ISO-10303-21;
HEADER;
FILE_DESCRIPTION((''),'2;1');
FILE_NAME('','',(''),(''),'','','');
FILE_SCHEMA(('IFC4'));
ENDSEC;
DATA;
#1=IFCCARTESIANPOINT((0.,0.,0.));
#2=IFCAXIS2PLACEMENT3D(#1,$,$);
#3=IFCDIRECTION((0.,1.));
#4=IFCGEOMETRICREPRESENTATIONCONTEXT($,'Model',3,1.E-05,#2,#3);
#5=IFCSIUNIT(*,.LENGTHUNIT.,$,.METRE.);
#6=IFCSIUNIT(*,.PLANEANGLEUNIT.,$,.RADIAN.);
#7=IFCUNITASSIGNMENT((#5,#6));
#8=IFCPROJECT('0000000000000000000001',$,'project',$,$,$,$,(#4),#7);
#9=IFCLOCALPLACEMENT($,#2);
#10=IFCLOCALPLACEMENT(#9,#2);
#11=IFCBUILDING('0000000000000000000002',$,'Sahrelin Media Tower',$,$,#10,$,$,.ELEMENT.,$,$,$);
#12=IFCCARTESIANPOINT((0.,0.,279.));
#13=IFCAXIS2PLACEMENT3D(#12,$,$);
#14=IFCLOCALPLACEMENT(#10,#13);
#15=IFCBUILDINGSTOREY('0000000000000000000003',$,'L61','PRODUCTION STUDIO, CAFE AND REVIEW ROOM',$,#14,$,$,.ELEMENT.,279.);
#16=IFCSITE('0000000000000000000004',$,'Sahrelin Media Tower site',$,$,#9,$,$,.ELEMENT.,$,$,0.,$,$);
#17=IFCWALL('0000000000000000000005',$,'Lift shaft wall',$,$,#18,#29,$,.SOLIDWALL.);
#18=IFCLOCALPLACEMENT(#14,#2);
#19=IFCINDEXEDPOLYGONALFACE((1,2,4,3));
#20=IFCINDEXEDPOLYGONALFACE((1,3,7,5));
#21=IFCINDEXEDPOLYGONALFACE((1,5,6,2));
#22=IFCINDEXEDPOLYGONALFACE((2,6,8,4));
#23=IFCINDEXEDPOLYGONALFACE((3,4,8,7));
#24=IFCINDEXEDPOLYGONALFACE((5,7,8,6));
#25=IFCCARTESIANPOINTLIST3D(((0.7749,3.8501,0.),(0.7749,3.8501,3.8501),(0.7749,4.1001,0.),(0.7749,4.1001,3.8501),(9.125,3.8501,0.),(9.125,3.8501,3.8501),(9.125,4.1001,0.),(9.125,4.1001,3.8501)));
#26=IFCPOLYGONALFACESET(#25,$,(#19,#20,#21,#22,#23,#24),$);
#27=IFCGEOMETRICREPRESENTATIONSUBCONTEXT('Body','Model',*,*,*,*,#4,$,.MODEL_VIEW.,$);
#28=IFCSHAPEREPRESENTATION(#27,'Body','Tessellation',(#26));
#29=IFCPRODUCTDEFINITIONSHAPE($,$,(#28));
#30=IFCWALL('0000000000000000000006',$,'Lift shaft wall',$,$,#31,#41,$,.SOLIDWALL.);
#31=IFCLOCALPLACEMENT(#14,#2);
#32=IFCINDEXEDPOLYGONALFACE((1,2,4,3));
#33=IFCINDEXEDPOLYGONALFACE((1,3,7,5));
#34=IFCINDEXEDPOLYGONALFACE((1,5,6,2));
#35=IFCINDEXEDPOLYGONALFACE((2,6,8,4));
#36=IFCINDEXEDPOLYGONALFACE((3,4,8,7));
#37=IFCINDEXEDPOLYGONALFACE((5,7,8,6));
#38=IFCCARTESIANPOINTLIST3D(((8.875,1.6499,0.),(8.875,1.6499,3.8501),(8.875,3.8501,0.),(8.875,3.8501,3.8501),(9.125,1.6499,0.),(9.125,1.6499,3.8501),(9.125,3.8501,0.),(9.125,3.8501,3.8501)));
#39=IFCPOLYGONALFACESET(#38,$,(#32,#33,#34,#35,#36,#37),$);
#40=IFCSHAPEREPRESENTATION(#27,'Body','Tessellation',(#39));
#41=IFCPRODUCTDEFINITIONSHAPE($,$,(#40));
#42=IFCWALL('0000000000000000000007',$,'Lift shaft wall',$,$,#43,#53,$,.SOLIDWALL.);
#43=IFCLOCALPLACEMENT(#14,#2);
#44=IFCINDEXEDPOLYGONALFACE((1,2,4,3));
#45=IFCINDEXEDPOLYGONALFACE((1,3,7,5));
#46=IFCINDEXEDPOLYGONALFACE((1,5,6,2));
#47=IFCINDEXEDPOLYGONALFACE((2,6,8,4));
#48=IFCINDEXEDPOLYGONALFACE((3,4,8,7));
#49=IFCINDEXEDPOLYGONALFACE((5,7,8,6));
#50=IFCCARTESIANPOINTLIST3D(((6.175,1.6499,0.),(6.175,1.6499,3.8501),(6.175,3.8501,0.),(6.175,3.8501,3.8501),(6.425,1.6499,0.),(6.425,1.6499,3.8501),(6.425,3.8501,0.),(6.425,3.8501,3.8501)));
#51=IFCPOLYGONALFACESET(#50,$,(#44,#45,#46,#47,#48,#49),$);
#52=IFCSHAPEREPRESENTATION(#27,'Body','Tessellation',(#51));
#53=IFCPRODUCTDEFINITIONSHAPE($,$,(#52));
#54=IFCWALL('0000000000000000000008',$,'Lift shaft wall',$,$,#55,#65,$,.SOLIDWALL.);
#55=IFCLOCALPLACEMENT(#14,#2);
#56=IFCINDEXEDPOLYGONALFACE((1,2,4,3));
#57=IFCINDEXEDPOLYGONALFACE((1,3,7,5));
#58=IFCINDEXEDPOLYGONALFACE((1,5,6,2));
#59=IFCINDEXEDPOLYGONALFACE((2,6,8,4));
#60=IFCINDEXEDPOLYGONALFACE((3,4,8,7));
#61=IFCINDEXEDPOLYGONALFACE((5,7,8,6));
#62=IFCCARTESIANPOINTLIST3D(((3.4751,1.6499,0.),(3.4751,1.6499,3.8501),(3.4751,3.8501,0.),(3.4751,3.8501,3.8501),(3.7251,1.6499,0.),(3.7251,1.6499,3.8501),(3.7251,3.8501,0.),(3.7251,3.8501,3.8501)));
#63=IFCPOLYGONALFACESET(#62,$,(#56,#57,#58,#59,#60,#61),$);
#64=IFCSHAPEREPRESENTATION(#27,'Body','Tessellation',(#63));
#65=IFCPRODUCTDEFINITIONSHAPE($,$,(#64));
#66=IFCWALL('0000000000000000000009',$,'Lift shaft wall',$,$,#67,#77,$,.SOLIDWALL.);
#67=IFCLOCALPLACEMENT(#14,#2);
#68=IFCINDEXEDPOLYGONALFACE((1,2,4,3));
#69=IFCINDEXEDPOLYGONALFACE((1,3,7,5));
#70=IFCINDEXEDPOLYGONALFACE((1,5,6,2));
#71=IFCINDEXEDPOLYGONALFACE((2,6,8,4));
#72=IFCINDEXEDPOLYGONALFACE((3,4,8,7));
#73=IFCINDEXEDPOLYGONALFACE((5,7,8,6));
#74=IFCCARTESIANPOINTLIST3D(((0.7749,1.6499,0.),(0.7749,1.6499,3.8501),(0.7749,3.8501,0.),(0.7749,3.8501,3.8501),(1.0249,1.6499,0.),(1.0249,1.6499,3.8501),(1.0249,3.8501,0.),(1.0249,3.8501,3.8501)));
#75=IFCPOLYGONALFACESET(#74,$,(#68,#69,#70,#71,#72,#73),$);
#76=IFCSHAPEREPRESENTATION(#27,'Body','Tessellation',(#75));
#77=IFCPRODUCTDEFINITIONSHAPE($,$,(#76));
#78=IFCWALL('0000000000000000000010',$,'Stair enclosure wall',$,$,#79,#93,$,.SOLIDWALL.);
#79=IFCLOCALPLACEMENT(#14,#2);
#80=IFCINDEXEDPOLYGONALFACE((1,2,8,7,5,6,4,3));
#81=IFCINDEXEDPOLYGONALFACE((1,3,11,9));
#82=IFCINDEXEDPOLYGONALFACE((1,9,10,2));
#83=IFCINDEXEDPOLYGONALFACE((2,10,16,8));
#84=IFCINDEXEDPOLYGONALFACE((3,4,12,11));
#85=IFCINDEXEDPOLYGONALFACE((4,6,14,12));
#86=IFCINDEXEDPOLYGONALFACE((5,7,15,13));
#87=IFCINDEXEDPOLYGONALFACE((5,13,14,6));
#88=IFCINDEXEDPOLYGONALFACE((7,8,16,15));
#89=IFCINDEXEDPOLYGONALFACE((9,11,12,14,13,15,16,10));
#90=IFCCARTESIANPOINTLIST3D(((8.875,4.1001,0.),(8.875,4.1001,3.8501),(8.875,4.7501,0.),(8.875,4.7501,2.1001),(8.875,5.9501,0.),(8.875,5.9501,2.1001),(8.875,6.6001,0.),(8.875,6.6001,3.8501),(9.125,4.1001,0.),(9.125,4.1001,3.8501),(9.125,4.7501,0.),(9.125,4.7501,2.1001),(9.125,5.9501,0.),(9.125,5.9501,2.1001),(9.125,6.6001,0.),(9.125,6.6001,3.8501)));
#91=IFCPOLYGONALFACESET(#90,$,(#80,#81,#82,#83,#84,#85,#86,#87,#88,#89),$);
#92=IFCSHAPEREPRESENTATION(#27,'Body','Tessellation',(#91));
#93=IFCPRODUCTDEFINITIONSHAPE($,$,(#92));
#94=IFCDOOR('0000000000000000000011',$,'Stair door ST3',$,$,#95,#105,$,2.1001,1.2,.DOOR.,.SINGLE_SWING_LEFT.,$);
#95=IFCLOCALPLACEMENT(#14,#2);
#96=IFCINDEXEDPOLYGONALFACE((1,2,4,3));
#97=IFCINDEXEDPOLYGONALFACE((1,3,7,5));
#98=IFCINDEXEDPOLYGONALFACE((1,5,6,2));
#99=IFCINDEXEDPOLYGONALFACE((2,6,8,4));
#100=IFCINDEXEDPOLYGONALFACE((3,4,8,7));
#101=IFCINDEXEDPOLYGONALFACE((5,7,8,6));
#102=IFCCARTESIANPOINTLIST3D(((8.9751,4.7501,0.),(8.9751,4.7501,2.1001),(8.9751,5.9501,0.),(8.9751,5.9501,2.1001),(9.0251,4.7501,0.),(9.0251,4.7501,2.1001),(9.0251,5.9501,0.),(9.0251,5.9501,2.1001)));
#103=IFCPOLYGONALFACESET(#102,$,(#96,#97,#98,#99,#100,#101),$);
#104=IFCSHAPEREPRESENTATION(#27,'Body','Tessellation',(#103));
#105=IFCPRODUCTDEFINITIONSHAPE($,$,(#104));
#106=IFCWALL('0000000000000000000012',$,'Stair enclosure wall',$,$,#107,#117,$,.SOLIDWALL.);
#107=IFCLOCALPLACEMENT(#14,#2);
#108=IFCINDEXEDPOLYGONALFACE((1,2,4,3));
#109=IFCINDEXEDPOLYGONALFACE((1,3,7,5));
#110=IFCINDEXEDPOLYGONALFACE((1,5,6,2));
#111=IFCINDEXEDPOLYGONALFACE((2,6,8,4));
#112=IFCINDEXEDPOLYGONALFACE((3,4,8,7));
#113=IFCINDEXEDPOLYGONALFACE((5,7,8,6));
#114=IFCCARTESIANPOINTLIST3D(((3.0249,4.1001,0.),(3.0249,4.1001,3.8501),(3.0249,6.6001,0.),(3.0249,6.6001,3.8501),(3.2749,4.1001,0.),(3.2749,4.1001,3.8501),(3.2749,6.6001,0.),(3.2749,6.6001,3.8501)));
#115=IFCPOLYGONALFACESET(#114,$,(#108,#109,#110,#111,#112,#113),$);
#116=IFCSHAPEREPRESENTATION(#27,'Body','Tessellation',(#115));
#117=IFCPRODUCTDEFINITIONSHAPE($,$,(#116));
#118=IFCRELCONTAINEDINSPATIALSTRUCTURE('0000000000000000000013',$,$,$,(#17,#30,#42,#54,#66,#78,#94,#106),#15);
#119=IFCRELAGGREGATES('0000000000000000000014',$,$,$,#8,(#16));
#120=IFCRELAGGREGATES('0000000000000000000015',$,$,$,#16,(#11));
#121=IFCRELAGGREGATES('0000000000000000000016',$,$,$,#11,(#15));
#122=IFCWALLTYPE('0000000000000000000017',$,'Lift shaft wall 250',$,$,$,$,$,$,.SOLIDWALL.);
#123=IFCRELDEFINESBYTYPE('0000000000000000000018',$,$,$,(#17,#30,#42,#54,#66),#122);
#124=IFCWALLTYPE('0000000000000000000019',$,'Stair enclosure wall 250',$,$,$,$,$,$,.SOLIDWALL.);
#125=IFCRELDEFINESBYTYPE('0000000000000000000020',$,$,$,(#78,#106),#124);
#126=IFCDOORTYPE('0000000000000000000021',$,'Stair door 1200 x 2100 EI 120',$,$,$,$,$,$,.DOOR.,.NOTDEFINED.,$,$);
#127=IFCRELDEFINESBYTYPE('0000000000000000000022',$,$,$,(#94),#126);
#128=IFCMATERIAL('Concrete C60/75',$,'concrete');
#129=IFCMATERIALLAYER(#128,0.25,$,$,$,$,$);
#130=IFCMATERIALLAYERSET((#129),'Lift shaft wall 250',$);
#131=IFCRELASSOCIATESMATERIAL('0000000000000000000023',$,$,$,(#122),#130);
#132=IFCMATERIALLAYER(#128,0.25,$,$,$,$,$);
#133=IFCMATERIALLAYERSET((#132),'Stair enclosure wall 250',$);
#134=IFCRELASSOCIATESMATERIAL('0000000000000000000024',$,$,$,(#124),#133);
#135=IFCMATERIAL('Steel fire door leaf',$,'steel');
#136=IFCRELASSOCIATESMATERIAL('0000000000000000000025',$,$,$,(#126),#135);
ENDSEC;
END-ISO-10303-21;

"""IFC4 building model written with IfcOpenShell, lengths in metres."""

from ifc_helpers import new_model, si_unit, direction, frame, frame_2d, origin, place, context, subcontext, project, spatial, rectangle, extrude, material, layer, layer_set, type_object, element, fill, save


model = new_model("IFC4")

# Units and contexts
model_context = context("Model", 3, precision=1e-05, world=origin(), true_north=direction((0.0, 1.0)))
body_context = subcontext(model_context, "Body", "Model", "MODEL_VIEW")
ifc_project = project(units=[si_unit("LENGTHUNIT", "METRE"), si_unit("PLANEANGLEUNIT", "RADIAN")], contexts=[model_context])

# Site, building, storey
site_placement = place(None, origin())
site = spatial("IfcSite", under=ifc_project, at=site_placement, Name="Sahrelin Media Tower site", CompositionType="ELEMENT", RefElevation=0.0)
building_placement = place(site_placement, origin())
building = spatial("IfcBuilding", under=site, at=building_placement, Name="Sahrelin Media Tower", CompositionType="ELEMENT")
storey_placement = place(building_placement, frame((0.0, 0.0, 279.0)))
storey = spatial("IfcBuildingStorey", under=building, at=storey_placement, Name="L61", Description="PRODUCTION STUDIO, CAFE AND REVIEW ROOM", CompositionType="ELEMENT", Elevation=279.0)

# Shared definitions
ifc_material_1 = material(Name="Concrete C60/75", Category="concrete")
ifc_layer_1 = layer(ifc_material_1, 0.25)
ifc_layer_set_1 = layer_set([ifc_layer_1], Name="Lift shaft wall 250")
wall_type_1 = type_object("IfcWallType", Name="Lift shaft wall 250", PredefinedType="SOLIDWALL", material=ifc_layer_set_1)

# Walls
wall_1_placement = place(storey_placement, frame((0.7749, 3.9751, 0.0), z_axis=(0.0, 0.0, 1.0), x_axis=(1.0, 0.0, 0.0)))
element("IfcWall", 1, at=wall_1_placement, inside=storey, type_object=wall_type_1, Name="Lift shaft wall", PredefinedType="SOLIDWALL", context=body_context, shape_type="SweptSolid", body=[
    extrude(rectangle(XDim=8.3501, YDim=0.25, at=frame_2d((4.175, 0.0))), origin(), (0.0, 0.0, 1.0), 3.8501),
])
for number, where, z_axis, x_axis, name in (
    (2, (9.0, 1.6499, 0.0), (0.0, 0.0, 1.0), (0.0, 1.0, 0.0), "Lift shaft wall"),
    (3, (6.3, 1.6499, 0.0), (0.0, 0.0, 1.0), (0.0, 1.0, 0.0), "Lift shaft wall"),
    (4, (3.6001, 1.6499, 0.0), (0.0, 0.0, 1.0), (0.0, 1.0, 0.0), "Lift shaft wall"),
    (5, (0.8999, 1.6499, 0.0), (0.0, 0.0, 1.0), (0.0, 1.0, 0.0), "Lift shaft wall"),
):
    element("IfcWall", number, at=place(storey_placement, frame(where, z_axis=z_axis, x_axis=x_axis)), inside=storey, type_object=wall_type_1, Name=name, PredefinedType="SOLIDWALL", context=body_context, shape_type="SweptSolid", body=[
        extrude(rectangle(XDim=2.2002, YDim=0.25, at=frame_2d((1.1001, 0.0))), origin(), (0.0, 0.0, 1.0), 3.8501),
    ])

# Wall, opening, door
ifc_layer_2 = layer(ifc_material_1, 0.25)
ifc_layer_set_2 = layer_set([ifc_layer_2], Name="Stair enclosure wall 250")
wall_type_2 = type_object("IfcWallType", Name="Stair enclosure wall 250", PredefinedType="SOLIDWALL", material=ifc_layer_set_2)
wall_2_placement = place(storey_placement, frame((9.0, 4.1001, 0.0), z_axis=(0.0, 0.0, 1.0), x_axis=(0.0, 1.0, 0.0)))
wall_2 = element("IfcWall", 6, at=wall_2_placement, inside=storey, type_object=wall_type_2, Name="Stair enclosure wall", PredefinedType="SOLIDWALL", context=body_context, shape_type="SweptSolid", body=[
    extrude(rectangle(XDim=2.5, YDim=0.25, at=frame_2d((1.25, 0.0))), origin(), (0.0, 0.0, 1.0), 3.8501),
])
opening_1_placement = place(wall_2_placement, frame((0.6499, 0.0, 0.0)))
opening_1 = element("IfcOpeningElement", 7, at=opening_1_placement, cuts=wall_2, PredefinedType="OPENING", context=body_context, shape_type="SweptSolid", body=[
    extrude(rectangle(XDim=1.2, YDim=2.1001, at=frame_2d((0.6001, 1.05))), frame((0.0, 0.125, 0.0), z_axis=(0.0, -1.0, 0.0), x_axis=(1.0, 0.0, 0.0)), (0.0, 0.0, 1.0), 0.25),
])
ifc_material_2 = material(Name="Steel fire door leaf", Category="steel")
door_type_1 = type_object("IfcDoorType", Name="Stair door 1200 x 2100 EI 120", OperationType="NOTDEFINED", PredefinedType="DOOR", material=ifc_material_2)
door_1_placement = place(opening_1_placement, origin())
door_1 = element("IfcDoor", 8, at=door_1_placement, inside=storey, type_object=door_type_1, Name="Stair door ST3", OperationType="SINGLE_SWING_LEFT", OverallHeight=2.1001, OverallWidth=1.2, PredefinedType="DOOR", context=body_context, shape_type="SweptSolid", body=[
    extrude(rectangle(XDim=1.2, YDim=2.1001, at=frame_2d((0.6001, 1.05))), frame((0.0, 0.0249, 0.0), z_axis=(0.0, -1.0, 0.0), x_axis=(1.0, 0.0, 0.0)), (0.0, 0.0, 1.0), 0.05),
])
fill(opening_1, door_1)

# Wall
wall_3_placement = place(storey_placement, frame((3.1499, 4.1001, 0.0), z_axis=(0.0, 0.0, 1.0), x_axis=(0.0, 1.0, 0.0)))
element("IfcWall", 9, at=wall_3_placement, inside=storey, type_object=wall_type_2, Name="Stair enclosure wall", PredefinedType="SOLIDWALL", context=body_context, shape_type="SweptSolid", body=[
    extrude(rectangle(XDim=2.5, YDim=0.25, at=frame_2d((1.25, 0.0))), origin(), (0.0, 0.0, 1.0), 3.8501),
])

save(model, "model.ifc")
